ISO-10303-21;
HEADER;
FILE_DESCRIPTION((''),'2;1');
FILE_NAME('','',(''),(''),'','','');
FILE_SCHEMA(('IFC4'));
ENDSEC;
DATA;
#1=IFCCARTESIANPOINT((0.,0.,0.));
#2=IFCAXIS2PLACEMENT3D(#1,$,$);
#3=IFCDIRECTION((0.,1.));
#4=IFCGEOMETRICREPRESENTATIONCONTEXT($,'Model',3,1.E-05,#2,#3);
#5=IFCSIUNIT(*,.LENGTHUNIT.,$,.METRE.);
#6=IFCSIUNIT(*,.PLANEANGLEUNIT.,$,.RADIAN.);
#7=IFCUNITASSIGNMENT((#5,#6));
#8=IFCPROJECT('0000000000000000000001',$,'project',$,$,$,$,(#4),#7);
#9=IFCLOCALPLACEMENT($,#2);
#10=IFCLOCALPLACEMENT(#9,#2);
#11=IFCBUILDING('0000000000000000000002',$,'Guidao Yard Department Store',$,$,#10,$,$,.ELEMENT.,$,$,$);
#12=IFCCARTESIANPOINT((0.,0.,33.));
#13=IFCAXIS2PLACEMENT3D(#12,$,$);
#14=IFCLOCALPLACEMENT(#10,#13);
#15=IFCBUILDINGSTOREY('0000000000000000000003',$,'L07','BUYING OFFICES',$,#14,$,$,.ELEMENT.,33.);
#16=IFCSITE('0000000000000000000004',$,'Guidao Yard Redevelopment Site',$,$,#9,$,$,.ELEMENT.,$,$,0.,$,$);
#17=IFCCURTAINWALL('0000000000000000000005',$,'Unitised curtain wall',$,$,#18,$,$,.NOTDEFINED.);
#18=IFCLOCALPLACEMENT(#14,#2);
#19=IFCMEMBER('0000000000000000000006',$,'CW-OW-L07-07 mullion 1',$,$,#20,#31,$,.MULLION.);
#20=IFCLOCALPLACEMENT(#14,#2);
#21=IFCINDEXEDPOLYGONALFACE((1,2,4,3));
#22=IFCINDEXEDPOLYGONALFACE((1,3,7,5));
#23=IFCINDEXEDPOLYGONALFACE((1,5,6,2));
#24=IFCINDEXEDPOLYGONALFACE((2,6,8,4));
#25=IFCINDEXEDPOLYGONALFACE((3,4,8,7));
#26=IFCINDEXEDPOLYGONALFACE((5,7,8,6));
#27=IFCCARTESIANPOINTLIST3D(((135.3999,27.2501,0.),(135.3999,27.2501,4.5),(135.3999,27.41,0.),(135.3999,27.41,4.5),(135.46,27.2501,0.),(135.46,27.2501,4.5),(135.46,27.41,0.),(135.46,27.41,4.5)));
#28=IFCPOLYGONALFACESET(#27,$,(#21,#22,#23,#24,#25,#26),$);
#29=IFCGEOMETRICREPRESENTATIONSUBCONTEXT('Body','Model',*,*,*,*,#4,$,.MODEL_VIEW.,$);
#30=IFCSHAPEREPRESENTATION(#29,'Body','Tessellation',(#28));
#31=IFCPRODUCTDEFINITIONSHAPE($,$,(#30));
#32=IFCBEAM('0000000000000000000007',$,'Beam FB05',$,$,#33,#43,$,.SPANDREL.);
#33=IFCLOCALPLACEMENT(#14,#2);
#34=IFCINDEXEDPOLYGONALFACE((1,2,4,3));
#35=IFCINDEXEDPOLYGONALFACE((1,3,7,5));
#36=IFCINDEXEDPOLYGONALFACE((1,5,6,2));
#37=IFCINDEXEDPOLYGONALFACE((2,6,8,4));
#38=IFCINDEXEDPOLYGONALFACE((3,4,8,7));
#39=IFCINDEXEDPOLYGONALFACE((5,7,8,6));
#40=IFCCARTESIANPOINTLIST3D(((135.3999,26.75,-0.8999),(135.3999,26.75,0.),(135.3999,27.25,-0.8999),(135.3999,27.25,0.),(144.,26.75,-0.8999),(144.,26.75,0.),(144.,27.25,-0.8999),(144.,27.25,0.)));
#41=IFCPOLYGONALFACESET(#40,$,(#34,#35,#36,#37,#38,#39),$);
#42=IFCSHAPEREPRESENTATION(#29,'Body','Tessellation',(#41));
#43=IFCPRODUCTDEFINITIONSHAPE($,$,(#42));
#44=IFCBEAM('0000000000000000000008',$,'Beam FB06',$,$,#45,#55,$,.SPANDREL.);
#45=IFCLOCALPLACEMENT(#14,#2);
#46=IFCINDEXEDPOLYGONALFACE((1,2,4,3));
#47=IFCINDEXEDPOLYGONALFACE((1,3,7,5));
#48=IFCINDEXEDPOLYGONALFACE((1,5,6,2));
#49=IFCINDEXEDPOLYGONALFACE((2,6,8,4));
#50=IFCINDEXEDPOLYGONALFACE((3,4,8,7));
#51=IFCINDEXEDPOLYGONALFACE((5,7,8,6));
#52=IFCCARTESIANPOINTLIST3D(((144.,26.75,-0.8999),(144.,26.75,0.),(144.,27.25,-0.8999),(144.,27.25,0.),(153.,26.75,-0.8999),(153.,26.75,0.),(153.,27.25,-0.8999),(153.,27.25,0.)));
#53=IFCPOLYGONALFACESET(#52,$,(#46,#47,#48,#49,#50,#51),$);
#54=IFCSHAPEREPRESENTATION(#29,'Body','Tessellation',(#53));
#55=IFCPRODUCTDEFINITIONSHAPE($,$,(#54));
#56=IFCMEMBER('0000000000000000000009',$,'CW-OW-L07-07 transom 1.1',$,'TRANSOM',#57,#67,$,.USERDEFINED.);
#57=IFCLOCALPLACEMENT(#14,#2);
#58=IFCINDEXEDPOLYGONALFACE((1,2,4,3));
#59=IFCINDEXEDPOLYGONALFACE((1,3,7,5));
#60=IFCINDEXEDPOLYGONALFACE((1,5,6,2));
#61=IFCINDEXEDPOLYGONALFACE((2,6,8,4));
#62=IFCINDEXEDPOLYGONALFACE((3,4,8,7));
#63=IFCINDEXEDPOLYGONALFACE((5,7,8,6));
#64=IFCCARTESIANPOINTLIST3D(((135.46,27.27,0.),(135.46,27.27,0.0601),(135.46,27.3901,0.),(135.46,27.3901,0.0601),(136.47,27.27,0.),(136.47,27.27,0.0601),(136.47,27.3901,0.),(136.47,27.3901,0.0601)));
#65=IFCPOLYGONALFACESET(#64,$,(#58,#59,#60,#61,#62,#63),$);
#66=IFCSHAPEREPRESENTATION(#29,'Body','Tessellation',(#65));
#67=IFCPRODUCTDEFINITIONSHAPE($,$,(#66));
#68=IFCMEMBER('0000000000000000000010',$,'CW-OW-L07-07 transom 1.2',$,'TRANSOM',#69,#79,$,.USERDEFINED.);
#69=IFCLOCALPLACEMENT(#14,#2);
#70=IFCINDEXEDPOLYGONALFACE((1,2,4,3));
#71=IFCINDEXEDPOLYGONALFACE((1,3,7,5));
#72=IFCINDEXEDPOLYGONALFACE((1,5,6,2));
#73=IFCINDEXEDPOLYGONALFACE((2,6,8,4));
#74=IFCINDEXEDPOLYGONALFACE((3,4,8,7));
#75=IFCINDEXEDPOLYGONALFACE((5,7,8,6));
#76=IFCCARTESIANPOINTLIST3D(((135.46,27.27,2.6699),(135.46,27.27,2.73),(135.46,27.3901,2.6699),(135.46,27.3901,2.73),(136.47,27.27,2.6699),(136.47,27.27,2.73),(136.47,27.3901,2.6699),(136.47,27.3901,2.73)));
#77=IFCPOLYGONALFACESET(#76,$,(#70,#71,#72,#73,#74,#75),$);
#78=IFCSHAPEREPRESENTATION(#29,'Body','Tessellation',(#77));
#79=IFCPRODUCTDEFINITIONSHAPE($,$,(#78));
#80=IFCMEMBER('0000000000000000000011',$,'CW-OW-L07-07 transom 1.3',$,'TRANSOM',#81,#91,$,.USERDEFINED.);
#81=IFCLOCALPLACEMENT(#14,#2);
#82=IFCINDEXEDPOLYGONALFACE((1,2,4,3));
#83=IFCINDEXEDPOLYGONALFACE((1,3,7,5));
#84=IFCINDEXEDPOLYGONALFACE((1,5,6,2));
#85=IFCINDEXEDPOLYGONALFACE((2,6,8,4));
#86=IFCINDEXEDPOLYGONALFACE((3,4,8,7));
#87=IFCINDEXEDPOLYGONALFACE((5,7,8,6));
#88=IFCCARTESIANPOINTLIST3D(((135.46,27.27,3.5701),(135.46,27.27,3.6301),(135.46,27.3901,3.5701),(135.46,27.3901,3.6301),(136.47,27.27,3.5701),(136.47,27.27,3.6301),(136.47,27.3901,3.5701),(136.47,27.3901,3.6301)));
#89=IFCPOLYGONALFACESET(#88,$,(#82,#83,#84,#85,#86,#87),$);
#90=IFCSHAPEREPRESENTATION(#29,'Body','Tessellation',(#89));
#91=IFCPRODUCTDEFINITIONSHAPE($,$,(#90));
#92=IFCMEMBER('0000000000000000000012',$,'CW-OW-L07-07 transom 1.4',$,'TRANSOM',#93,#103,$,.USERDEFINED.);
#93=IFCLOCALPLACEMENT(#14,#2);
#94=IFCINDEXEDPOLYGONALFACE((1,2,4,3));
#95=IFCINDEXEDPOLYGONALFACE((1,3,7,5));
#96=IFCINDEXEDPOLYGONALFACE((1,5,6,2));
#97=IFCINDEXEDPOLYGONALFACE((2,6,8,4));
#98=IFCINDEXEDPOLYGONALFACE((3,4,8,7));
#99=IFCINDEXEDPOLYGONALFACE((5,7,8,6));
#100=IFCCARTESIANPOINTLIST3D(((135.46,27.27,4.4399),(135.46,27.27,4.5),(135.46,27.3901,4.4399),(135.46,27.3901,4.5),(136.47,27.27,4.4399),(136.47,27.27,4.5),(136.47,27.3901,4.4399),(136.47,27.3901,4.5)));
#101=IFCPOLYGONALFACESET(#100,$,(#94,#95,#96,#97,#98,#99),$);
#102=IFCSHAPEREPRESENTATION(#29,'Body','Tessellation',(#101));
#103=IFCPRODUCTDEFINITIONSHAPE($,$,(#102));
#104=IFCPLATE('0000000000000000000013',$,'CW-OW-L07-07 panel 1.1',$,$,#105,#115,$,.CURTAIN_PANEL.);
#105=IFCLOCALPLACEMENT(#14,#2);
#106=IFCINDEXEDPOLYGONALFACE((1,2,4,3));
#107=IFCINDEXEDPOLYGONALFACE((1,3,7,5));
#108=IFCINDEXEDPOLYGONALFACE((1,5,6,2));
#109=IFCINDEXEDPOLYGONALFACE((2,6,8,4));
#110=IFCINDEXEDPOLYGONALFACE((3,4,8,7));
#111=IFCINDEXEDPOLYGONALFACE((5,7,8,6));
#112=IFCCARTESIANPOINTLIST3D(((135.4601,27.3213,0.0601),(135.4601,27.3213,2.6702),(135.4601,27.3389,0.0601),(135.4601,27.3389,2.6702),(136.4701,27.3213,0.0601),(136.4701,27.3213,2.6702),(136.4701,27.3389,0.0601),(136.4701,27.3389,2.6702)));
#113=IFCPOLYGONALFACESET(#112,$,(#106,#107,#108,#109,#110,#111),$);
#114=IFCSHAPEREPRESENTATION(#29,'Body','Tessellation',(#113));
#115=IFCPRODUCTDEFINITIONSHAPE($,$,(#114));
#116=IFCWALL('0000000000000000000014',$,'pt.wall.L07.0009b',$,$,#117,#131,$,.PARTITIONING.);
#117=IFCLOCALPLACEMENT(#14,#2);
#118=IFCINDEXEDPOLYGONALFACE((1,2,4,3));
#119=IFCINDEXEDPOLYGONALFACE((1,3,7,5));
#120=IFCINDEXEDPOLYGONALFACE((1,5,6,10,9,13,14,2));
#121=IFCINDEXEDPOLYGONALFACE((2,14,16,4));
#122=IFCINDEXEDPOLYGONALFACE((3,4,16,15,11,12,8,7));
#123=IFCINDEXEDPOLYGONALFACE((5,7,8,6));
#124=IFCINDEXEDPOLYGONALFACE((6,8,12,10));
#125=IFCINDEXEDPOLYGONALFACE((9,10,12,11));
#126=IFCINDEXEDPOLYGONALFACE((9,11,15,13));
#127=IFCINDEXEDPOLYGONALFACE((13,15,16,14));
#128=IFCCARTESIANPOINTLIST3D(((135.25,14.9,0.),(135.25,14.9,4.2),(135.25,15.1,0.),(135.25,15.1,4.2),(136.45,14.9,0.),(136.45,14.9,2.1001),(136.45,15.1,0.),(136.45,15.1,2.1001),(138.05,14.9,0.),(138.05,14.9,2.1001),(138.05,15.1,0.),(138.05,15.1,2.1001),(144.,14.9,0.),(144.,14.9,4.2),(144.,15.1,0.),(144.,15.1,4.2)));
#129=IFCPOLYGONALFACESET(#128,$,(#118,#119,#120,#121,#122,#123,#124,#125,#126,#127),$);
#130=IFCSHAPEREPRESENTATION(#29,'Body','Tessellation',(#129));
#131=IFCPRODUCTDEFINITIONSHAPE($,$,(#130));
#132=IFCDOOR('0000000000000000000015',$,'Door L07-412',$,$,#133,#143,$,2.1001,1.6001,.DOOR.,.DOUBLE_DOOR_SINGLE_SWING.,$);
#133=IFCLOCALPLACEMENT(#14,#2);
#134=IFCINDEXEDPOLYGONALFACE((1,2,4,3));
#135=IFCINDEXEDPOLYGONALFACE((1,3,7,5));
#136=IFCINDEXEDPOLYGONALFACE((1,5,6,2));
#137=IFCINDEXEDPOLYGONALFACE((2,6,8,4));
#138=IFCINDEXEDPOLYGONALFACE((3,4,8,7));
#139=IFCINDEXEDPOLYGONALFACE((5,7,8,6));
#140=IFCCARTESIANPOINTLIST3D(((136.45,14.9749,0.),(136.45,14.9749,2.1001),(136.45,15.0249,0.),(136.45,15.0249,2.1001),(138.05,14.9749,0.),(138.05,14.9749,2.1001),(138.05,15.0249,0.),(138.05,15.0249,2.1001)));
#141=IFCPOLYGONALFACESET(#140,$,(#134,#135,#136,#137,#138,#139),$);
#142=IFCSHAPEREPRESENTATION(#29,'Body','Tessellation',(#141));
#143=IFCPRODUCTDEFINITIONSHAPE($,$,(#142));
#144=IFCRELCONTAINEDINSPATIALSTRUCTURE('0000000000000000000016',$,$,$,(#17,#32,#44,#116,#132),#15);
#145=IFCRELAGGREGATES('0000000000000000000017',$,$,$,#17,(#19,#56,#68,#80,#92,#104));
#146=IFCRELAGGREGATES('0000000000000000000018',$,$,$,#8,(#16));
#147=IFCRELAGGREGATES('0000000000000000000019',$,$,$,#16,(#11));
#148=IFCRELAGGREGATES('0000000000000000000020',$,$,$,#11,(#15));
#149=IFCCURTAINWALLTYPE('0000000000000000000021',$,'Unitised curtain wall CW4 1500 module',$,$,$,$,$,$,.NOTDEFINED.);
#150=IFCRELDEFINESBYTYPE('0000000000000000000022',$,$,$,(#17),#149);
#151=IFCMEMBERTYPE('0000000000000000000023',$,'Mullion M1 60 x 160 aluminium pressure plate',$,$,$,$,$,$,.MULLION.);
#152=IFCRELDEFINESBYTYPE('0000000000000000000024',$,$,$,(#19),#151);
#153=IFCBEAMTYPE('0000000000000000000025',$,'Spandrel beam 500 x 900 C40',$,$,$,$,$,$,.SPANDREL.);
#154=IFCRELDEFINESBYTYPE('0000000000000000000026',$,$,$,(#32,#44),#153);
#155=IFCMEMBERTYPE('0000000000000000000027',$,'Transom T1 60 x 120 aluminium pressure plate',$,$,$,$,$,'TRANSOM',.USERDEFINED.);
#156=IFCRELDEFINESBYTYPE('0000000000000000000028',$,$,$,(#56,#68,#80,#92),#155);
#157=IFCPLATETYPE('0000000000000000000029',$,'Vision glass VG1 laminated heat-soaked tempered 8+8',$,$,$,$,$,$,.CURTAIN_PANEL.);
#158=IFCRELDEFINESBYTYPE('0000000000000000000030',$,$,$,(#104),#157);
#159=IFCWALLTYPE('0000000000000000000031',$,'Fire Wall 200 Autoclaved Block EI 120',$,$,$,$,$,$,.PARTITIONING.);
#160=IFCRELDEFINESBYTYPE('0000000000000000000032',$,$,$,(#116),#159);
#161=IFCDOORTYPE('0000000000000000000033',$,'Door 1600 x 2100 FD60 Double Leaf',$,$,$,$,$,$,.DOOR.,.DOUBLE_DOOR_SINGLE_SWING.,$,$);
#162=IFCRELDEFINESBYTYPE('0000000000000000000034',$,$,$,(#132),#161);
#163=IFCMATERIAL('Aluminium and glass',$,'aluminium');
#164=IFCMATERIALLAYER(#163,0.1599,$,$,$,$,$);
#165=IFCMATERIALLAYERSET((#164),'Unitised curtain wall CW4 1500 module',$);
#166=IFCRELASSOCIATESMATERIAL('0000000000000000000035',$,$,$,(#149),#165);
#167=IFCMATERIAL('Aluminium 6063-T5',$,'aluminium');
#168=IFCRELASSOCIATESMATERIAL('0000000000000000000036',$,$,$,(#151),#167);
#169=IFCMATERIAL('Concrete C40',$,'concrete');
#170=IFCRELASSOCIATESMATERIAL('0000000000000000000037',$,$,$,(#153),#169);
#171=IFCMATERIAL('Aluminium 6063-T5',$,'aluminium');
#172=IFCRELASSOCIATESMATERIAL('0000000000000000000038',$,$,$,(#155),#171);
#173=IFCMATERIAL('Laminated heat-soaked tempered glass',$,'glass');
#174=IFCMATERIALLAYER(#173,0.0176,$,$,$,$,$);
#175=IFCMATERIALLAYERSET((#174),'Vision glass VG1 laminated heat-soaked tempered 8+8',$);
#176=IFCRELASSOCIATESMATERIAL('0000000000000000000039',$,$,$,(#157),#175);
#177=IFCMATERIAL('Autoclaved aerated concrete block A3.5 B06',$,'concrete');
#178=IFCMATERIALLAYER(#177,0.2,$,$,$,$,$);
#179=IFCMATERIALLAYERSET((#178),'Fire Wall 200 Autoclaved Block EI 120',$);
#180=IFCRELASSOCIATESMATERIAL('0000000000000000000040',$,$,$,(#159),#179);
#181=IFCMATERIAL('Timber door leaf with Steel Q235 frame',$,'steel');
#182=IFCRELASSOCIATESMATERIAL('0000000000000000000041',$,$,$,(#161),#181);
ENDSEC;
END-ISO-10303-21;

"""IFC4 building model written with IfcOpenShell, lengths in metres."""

from ifc_helpers import new_model, si_unit, direction, frame, frame_2d, origin, origin_2d, place, context, subcontext, project, spatial, rectangle, extrude, material, layer, layer_set, material_profile, profile_set, type_object, element, fill, aggregate, save


model = new_model("IFC4")

# Units and contexts
model_context = context("Model", 3, precision=1e-05, world=origin(), true_north=direction((0.0, 1.0)))
body_context = subcontext(model_context, "Body", "Model", "MODEL_VIEW")
ifc_project = project(units=[si_unit("LENGTHUNIT", "METRE"), si_unit("PLANEANGLEUNIT", "RADIAN")], contexts=[model_context])

# Site, building, storey
site_placement = place(None, origin())
site = spatial("IfcSite", under=ifc_project, at=site_placement, Name="Guidao Yard Redevelopment Site", CompositionType="ELEMENT", RefElevation=0.0)
building_placement = place(site_placement, origin())
building = spatial("IfcBuilding", under=site, at=building_placement, Name="Guidao Yard Department Store", CompositionType="ELEMENT")
storey_placement = place(building_placement, frame((0.0, 0.0, 33.0)))
storey = spatial("IfcBuildingStorey", under=building, at=storey_placement, Name="L07", Description="BUYING OFFICES", CompositionType="ELEMENT", Elevation=33.0)

# Curtain wall, member
ifc_material_1 = material(Name="Aluminium and glass", Category="aluminium")
ifc_layer_1 = layer(ifc_material_1, 0.1599)
ifc_layer_set_1 = layer_set([ifc_layer_1], Name="Unitised curtain wall CW4 1500 module")
curtain_wall_type = type_object("IfcCurtainWallType", Name="Unitised curtain wall CW4 1500 module", PredefinedType="NOTDEFINED", material=ifc_layer_set_1)
curtain_wall_placement = place(storey_placement, origin())
curtain_wall = element("IfcCurtainWall", 1, at=curtain_wall_placement, inside=storey, type_object=curtain_wall_type, Name="Unitised curtain wall", PredefinedType="NOTDEFINED")
ifc_material_2 = material(Name="Aluminium 6063-T5", Category="aluminium")
ifc_material_profile_1 = material_profile(ifc_material_2, rectangle(XDim=0.0601, YDim=0.1599, at=origin_2d()), Name="Mullion M1 60 x 160 aluminium pressure plate")
ifc_profile_set_1 = profile_set([ifc_material_profile_1], Name="Aluminium 6063-T5")
member_type_1 = type_object("IfcMemberType", Name="Mullion M1 60 x 160 aluminium pressure plate", PredefinedType="MULLION", material=ifc_profile_set_1)
member_1_placement = place(storey_placement, frame((135.4299, 27.3301, 0.0), z_axis=(0.0, 0.0, 1.0), x_axis=(1.0, 0.0, 0.0)))
member_1 = element("IfcMember", 2, at=member_1_placement, type_object=member_type_1, Name="CW-OW-L07-07 mullion 1", PredefinedType="MULLION", context=body_context, shape_type="SweptSolid", body=[
    extrude(rectangle(XDim=0.0601, YDim=0.1599, at=origin_2d()), origin(), (0.0, 0.0, 1.0), 4.5),
])

# Beams
ifc_material_3 = material(Name="Concrete C40", Category="concrete")
ifc_material_profile_2 = material_profile(ifc_material_3, rectangle(XDim=0.5, YDim=0.8999, at=origin_2d()), Name="Spandrel beam 500 x 900 C40")
ifc_profile_set_2 = profile_set([ifc_material_profile_2], Name="Concrete C40")
beam_type = type_object("IfcBeamType", Name="Spandrel beam 500 x 900 C40", PredefinedType="SPANDREL", material=ifc_profile_set_2)
beam_1_placement = place(storey_placement, frame((135.3999, 27.0, -0.45), z_axis=(1.0, 0.0, 0.0), x_axis=(0.0, 1.0, 0.0)))
element("IfcBeam", 3, at=beam_1_placement, inside=storey, type_object=beam_type, Name="Beam FB05", PredefinedType="SPANDREL", context=body_context, shape_type="SweptSolid", body=[
    extrude(rectangle(XDim=0.5, YDim=0.8999, at=origin_2d()), origin(), (0.0, 0.0, 1.0), 8.6001),
])
beam_2_placement = place(storey_placement, frame((144.0, 27.0, -0.45), z_axis=(1.0, 0.0, 0.0), x_axis=(0.0, 1.0, 0.0)))
element("IfcBeam", 4, at=beam_2_placement, inside=storey, type_object=beam_type, Name="Beam FB06", PredefinedType="SPANDREL", context=body_context, shape_type="SweptSolid", body=[
    extrude(rectangle(XDim=0.5, YDim=0.8999, at=origin_2d()), origin(), (0.0, 0.0, 1.0), 9.0),
])

# Members
ifc_material_4 = material(Name="Aluminium 6063-T5", Category="aluminium")
ifc_material_profile_3 = material_profile(ifc_material_4, rectangle(XDim=0.1201, YDim=0.0601, at=origin_2d()), Name="Transom T1 60 x 120 aluminium pressure plate")
ifc_profile_set_3 = profile_set([ifc_material_profile_3], Name="Aluminium 6063-T5")
member_type_2 = type_object("IfcMemberType", Name="Transom T1 60 x 120 aluminium pressure plate", ElementType="TRANSOM", PredefinedType="USERDEFINED", material=ifc_profile_set_3)
member_2_placement = place(storey_placement, frame((135.46, 27.3301, 0.03), z_axis=(1.0, 0.0, 0.0), x_axis=(0.0, 1.0, 0.0)))
member_2 = element("IfcMember", 5, at=member_2_placement, type_object=member_type_2, Name="CW-OW-L07-07 transom 1.1", ObjectType="TRANSOM", PredefinedType="USERDEFINED", context=body_context, shape_type="SweptSolid", body=[
    extrude(rectangle(XDim=0.1201, YDim=0.0601, at=origin_2d()), origin(), (0.0, 0.0, 1.0), 1.01),
])
member_3_placement = place(storey_placement, frame((135.46, 27.3301, 2.7), z_axis=(1.0, 0.0, 0.0), x_axis=(0.0, 1.0, 0.0)))
member_3 = element("IfcMember", 6, at=member_3_placement, type_object=member_type_2, Name="CW-OW-L07-07 transom 1.2", ObjectType="TRANSOM", PredefinedType="USERDEFINED", context=body_context, shape_type="SweptSolid", body=[
    extrude(rectangle(XDim=0.1201, YDim=0.0601, at=origin_2d()), origin(), (0.0, 0.0, 1.0), 1.01),
])
member_4_placement = place(storey_placement, frame((135.46, 27.3301, 3.6001), z_axis=(1.0, 0.0, 0.0), x_axis=(0.0, 1.0, 0.0)))
member_4 = element("IfcMember", 7, at=member_4_placement, type_object=member_type_2, Name="CW-OW-L07-07 transom 1.3", ObjectType="TRANSOM", PredefinedType="USERDEFINED", context=body_context, shape_type="SweptSolid", body=[
    extrude(rectangle(XDim=0.1201, YDim=0.0601, at=origin_2d()), origin(), (0.0, 0.0, 1.0), 1.01),
])
member_5_placement = place(storey_placement, frame((135.46, 27.3301, 4.47), z_axis=(1.0, 0.0, 0.0), x_axis=(0.0, 1.0, 0.0)))
member_5 = element("IfcMember", 8, at=member_5_placement, type_object=member_type_2, Name="CW-OW-L07-07 transom 1.4", ObjectType="TRANSOM", PredefinedType="USERDEFINED", context=body_context, shape_type="SweptSolid", body=[
    extrude(rectangle(XDim=0.1201, YDim=0.0601, at=origin_2d()), origin(), (0.0, 0.0, 1.0), 1.01),
])

# Plate
ifc_material_5 = material(Name="Laminated heat-soaked tempered glass", Category="glass")
ifc_layer_2 = layer(ifc_material_5, 0.0176)
ifc_layer_set_2 = layer_set([ifc_layer_2], Name="Vision glass VG1 laminated heat-soaked tempered 8+8")
plate_type = type_object("IfcPlateType", Name="Vision glass VG1 laminated heat-soaked tempered 8+8", PredefinedType="CURTAIN_PANEL", material=ifc_layer_set_2)
plate_placement = place(storey_placement, frame((135.9651, 27.3301, 0.0601), z_axis=(0.0, 0.0, 1.0), x_axis=(1.0, 0.0, 0.0)))
plate = element("IfcPlate", 9, at=plate_placement, type_object=plate_type, Name="CW-OW-L07-07 panel 1.1", PredefinedType="CURTAIN_PANEL", context=body_context, shape_type="SweptSolid", body=[
    extrude(rectangle(XDim=1.01, YDim=0.0176, at=origin_2d()), origin(), (0.0, 0.0, 1.0), 2.6101),
])
aggregate(curtain_wall, [member_1, member_2, member_3, member_4, member_5, plate])

# Wall, opening, door
ifc_material_6 = material(Name="Autoclaved aerated concrete block A3.5 B06", Category="concrete")
ifc_layer_3 = layer(ifc_material_6, 0.2)
ifc_layer_set_3 = layer_set([ifc_layer_3], Name="Fire Wall 200 Autoclaved Block EI 120")
wall_type_1 = type_object("IfcWallType", Name="Fire Wall 200 Autoclaved Block EI 120", PredefinedType="PARTITIONING", material=ifc_layer_set_3)
wall_1_placement = place(storey_placement, frame((135.25, 15.0, 0.0), z_axis=(0.0, 0.0, 1.0), x_axis=(1.0, 0.0, 0.0)))
wall_1 = element("IfcWall", 10, at=wall_1_placement, inside=storey, type_object=wall_type_1, Name="pt.wall.L07.0009b", PredefinedType="PARTITIONING", context=body_context, shape_type="SweptSolid", body=[
    extrude(rectangle(XDim=8.75, YDim=0.2, at=frame_2d((4.375, 0.0))), origin(), (0.0, 0.0, 1.0), 4.2),
])
opening_1_placement = place(wall_1_placement, frame((1.2, 0.0, 0.0)))
opening_1 = element("IfcOpeningElement", 11, at=opening_1_placement, cuts=wall_1, PredefinedType="OPENING", context=body_context, shape_type="SweptSolid", body=[
    extrude(rectangle(XDim=1.6001, YDim=2.1001, at=frame_2d((0.8, 1.05))), frame((0.0, 0.1099, 0.0), z_axis=(0.0, -1.0, 0.0), x_axis=(1.0, 0.0, 0.0)), (0.0, 0.0, 1.0), 0.22),
])
ifc_material_7 = material(Name="Timber door leaf with Steel Q235 frame", Category="steel")
door_type_1 = type_object("IfcDoorType", Name="Door 1600 x 2100 FD60 Double Leaf", OperationType="DOUBLE_DOOR_SINGLE_SWING", PredefinedType="DOOR", material=ifc_material_7)
door_1_placement = place(opening_1_placement, origin())
door_1 = element("IfcDoor", 12, at=door_1_placement, inside=storey, type_object=door_type_1, Name="Door L07-412", OperationType="DOUBLE_DOOR_SINGLE_SWING", OverallHeight=2.1001, OverallWidth=1.6001, PredefinedType="DOOR", context=body_context, shape_type="SweptSolid", body=[
    extrude(rectangle(XDim=1.6001, YDim=2.1001, at=frame_2d((0.8, 1.05))), frame((0.0, 0.0249, 0.0), z_axis=(0.0, -1.0, 0.0), x_axis=(1.0, 0.0, 0.0)), (0.0, 0.0, 1.0), 0.05),
])
fill(opening_1, door_1)

save(model, "model.ifc")
